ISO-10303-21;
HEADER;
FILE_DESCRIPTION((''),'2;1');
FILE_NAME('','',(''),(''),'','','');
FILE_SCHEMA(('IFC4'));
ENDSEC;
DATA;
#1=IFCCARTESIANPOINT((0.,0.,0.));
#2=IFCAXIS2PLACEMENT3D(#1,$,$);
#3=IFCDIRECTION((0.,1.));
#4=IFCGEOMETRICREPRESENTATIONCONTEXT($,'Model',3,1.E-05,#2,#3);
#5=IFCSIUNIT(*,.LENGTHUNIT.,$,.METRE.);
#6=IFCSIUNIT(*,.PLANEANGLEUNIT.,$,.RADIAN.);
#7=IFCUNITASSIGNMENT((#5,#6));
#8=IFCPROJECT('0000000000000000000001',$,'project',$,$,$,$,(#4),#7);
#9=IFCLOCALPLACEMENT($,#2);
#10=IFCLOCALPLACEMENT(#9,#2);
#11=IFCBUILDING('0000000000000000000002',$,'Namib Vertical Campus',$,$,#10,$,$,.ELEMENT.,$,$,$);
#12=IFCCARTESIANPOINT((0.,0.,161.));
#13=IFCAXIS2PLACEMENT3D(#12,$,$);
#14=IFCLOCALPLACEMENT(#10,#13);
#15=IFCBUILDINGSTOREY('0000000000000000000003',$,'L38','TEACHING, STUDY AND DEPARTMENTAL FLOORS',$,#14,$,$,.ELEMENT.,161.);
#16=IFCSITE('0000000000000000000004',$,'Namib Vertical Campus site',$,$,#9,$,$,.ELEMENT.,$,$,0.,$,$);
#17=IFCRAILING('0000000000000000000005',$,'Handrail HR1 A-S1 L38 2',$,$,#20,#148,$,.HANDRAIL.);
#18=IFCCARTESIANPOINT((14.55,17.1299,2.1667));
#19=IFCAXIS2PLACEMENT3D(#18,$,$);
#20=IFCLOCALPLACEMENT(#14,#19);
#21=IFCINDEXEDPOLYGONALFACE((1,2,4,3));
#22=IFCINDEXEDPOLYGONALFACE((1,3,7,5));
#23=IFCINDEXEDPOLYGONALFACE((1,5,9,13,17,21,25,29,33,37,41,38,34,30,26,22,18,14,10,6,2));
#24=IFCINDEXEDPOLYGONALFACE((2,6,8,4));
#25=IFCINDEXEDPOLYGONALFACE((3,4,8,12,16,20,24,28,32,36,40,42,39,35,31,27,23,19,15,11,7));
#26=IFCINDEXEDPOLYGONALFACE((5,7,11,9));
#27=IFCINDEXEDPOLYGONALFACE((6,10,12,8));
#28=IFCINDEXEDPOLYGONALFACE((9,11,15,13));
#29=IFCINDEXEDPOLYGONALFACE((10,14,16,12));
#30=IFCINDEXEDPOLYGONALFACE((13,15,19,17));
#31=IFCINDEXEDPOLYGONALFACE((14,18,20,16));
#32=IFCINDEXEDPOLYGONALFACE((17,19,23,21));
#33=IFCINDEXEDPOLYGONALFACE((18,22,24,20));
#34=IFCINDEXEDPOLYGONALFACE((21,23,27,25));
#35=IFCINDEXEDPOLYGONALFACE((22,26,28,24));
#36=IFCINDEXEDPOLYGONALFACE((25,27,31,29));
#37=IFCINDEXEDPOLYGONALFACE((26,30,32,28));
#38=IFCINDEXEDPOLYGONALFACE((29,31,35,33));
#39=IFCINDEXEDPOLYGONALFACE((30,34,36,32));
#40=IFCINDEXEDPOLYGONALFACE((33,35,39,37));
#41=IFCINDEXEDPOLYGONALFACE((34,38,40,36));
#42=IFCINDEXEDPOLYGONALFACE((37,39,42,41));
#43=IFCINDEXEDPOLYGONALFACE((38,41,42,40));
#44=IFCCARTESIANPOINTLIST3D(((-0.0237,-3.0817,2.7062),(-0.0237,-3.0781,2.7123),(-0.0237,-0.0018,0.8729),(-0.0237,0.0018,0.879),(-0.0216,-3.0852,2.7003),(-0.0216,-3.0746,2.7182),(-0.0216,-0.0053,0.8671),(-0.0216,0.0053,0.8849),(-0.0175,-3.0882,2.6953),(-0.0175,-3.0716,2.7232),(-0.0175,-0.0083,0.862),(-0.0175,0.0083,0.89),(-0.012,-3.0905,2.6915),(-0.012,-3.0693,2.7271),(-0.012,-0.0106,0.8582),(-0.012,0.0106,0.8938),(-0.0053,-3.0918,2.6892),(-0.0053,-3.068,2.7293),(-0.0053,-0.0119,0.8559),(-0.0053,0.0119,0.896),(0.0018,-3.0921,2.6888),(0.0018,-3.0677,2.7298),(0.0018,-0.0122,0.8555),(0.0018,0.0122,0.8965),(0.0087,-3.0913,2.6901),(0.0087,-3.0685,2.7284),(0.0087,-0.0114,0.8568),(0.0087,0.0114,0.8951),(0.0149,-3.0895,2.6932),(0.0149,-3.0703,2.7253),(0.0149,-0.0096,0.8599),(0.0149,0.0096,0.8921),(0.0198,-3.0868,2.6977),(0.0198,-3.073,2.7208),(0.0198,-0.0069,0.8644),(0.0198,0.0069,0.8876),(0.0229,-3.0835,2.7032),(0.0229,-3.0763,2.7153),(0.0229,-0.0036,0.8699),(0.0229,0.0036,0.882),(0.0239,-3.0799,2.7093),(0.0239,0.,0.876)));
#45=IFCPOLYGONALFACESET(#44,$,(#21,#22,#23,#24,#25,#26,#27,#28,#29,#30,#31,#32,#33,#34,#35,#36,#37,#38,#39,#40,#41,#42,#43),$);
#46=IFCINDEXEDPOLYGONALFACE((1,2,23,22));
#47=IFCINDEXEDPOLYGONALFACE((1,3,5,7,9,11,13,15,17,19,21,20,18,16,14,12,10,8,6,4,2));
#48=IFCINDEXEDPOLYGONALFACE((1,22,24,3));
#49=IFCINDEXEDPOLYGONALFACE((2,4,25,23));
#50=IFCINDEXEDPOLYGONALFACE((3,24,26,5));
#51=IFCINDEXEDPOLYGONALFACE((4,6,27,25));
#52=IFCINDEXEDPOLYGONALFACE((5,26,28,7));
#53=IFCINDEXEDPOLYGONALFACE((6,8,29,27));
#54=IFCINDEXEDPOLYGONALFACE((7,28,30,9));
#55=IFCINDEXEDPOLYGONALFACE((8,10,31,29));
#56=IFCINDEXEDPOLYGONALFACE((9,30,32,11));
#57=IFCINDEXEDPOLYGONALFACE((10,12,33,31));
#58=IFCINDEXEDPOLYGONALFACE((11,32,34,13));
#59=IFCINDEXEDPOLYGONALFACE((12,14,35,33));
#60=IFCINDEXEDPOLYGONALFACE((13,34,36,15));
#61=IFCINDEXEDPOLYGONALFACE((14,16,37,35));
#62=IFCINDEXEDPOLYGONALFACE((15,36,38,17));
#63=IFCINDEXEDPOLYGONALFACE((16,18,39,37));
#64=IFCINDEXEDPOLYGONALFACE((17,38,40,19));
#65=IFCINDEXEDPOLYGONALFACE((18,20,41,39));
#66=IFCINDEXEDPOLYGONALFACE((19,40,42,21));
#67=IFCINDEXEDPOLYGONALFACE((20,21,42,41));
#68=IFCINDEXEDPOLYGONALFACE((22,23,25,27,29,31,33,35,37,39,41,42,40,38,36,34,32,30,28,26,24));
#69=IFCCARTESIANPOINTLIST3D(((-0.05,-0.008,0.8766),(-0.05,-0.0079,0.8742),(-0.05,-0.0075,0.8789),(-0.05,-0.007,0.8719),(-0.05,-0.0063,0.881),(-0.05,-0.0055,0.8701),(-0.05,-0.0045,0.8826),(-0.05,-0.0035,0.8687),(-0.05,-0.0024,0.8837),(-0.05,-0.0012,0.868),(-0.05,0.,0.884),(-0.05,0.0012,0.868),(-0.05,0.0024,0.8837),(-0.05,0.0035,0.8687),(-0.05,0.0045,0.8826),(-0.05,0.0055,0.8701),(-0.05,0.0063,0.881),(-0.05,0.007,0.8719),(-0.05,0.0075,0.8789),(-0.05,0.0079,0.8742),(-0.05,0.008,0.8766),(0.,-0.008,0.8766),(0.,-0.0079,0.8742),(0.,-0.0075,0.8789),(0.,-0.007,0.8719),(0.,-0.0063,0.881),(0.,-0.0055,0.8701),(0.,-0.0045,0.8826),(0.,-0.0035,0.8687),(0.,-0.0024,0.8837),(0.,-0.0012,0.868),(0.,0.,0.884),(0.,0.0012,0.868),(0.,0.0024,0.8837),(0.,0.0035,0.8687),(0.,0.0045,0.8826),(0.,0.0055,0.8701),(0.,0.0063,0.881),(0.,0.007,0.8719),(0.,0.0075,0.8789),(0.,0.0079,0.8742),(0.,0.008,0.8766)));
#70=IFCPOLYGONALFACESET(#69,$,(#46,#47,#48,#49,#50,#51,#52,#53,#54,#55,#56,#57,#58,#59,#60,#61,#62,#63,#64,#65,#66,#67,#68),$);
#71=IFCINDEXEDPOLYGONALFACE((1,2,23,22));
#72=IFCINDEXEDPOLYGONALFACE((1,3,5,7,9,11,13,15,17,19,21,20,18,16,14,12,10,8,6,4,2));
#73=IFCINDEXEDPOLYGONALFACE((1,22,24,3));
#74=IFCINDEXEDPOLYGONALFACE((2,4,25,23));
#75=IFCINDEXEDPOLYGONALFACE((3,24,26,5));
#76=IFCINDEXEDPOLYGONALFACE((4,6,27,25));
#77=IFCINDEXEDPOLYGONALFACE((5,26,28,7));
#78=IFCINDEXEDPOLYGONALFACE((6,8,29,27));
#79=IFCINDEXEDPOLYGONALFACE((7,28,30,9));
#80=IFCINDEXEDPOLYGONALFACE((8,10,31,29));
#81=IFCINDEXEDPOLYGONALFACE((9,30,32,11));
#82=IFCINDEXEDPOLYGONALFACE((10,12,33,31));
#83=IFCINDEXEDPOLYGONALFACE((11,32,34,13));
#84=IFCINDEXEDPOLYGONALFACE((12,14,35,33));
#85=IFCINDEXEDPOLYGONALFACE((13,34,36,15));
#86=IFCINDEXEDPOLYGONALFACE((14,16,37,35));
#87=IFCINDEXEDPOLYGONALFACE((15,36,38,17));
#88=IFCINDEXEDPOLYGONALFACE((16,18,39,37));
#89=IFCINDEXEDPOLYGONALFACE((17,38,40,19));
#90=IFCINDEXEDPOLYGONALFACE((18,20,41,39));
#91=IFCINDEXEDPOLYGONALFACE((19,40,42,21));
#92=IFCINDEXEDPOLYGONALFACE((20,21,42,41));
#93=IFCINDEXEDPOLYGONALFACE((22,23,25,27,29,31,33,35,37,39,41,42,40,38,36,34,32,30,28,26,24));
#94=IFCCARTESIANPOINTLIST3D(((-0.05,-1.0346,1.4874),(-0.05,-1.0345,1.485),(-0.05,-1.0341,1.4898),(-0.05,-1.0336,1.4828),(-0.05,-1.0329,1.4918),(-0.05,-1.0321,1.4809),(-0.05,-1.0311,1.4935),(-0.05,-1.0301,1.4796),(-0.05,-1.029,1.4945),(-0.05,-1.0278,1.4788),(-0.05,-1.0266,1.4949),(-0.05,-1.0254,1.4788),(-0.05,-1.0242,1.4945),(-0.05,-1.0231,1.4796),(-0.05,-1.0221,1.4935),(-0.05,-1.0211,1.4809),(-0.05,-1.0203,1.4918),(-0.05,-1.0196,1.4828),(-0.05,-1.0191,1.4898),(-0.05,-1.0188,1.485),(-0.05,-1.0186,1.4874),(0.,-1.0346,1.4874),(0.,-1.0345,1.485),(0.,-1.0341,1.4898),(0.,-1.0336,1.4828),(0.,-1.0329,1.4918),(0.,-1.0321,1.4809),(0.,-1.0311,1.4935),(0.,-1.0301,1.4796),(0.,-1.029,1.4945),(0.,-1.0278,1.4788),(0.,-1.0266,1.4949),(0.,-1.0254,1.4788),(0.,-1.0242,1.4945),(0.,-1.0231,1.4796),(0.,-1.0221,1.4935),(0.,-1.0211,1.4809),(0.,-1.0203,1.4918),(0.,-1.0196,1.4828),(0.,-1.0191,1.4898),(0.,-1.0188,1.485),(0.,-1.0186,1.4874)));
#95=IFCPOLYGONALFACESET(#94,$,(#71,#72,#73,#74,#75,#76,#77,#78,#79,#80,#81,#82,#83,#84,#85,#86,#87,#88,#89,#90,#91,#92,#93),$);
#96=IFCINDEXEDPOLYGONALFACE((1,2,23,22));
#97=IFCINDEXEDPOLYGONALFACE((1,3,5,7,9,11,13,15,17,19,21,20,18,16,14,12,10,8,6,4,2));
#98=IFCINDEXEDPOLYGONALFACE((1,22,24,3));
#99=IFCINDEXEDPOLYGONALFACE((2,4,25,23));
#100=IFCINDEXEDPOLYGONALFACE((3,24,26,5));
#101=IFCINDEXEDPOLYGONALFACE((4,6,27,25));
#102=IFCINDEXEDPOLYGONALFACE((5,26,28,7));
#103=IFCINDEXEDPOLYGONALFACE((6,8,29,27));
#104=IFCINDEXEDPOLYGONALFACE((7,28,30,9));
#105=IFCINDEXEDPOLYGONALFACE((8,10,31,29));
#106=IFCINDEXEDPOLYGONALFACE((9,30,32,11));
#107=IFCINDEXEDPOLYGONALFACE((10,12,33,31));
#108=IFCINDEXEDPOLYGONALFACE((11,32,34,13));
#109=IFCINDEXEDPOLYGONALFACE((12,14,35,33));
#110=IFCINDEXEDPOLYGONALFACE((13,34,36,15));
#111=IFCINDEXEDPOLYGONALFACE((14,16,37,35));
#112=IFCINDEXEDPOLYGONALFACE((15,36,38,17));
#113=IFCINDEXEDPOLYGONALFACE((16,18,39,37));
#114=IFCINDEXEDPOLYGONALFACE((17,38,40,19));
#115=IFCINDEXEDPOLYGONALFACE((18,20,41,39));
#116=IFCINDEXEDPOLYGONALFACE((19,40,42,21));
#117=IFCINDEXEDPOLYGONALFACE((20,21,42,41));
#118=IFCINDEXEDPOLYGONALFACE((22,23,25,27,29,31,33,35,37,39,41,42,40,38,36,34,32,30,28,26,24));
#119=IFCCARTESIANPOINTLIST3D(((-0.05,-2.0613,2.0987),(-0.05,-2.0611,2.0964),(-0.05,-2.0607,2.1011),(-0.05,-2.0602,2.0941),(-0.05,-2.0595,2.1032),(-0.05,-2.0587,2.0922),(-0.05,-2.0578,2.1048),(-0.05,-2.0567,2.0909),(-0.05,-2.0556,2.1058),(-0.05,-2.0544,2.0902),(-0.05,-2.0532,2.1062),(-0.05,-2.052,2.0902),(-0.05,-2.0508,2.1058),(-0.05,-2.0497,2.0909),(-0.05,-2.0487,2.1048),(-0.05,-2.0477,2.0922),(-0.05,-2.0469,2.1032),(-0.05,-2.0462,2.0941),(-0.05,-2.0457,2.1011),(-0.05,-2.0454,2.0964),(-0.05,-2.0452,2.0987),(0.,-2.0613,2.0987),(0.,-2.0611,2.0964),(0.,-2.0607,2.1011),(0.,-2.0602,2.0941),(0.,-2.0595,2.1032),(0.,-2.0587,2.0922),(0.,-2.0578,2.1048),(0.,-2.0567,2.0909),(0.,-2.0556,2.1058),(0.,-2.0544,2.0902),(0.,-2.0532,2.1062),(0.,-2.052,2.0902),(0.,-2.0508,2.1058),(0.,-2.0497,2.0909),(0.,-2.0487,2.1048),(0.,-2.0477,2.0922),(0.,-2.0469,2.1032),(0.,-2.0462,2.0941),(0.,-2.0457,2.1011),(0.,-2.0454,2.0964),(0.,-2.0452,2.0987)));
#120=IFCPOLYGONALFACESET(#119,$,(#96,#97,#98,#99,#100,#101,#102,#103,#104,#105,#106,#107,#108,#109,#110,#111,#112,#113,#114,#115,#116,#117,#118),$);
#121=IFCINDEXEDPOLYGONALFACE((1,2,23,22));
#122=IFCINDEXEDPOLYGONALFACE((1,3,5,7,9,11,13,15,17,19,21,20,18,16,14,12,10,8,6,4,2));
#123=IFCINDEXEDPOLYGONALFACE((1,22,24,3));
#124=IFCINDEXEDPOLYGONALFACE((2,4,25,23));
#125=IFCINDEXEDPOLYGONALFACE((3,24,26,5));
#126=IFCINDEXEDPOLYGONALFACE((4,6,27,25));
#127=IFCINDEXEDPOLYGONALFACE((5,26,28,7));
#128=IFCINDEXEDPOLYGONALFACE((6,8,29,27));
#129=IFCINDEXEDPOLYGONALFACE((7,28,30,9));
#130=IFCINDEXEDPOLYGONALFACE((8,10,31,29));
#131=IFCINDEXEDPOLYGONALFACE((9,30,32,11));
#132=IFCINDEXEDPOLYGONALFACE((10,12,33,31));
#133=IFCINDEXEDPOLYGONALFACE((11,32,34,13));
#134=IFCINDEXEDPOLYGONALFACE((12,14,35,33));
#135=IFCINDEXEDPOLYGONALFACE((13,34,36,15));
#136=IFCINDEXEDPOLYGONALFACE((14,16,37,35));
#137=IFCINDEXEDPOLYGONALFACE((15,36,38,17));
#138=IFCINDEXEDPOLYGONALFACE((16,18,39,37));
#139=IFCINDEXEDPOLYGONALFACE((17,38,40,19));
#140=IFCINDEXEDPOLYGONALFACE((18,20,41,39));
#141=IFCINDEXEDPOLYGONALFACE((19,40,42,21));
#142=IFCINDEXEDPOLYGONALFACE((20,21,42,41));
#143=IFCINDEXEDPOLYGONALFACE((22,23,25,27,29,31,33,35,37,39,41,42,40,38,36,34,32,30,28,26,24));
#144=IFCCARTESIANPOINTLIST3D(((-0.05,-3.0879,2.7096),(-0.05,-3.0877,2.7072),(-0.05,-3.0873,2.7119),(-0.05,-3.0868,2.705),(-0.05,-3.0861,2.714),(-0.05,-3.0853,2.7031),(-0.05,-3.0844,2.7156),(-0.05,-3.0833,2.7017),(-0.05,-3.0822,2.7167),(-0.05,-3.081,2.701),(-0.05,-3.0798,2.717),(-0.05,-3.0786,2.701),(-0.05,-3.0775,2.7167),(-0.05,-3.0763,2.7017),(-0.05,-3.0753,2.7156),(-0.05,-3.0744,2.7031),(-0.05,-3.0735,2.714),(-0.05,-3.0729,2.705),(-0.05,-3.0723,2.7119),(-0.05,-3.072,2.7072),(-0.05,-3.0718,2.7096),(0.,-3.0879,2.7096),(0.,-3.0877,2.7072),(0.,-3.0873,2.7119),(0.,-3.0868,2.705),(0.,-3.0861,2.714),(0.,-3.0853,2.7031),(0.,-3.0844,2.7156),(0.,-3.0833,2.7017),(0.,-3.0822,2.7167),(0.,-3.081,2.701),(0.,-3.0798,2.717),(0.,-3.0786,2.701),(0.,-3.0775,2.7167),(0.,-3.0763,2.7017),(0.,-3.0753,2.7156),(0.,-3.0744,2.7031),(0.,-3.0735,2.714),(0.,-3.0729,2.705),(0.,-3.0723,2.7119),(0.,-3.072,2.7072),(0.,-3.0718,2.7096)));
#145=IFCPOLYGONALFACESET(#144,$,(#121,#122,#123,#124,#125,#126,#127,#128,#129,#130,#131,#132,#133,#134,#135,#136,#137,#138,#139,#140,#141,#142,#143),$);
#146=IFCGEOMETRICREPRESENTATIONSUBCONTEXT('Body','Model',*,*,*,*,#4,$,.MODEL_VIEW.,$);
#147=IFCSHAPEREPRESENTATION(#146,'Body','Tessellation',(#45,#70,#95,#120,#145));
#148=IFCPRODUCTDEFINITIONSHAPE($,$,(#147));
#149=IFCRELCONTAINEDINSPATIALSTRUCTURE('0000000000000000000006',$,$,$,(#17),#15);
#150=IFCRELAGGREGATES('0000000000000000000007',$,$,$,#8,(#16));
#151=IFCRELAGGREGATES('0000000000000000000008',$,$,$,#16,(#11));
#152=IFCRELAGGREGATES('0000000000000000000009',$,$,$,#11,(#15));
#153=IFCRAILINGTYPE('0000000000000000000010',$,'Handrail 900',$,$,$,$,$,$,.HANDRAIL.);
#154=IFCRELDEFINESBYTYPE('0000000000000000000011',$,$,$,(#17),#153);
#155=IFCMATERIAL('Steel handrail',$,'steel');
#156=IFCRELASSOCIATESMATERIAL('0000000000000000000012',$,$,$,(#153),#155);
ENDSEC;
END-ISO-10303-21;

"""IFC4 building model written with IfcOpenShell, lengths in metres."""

from ifc_helpers import new_model, si_unit, direction, frame, origin, origin_2d, place, context, subcontext, project, spatial, circle, extrude, material, type_object, element, save


model = new_model("IFC4")

# Units and contexts
model_context = context("Model", 3, precision=1e-05, world=origin(), true_north=direction((0.0, 1.0)))
body_context = subcontext(model_context, "Body", "Model", "MODEL_VIEW")
ifc_project = project(units=[si_unit("LENGTHUNIT", "METRE"), si_unit("PLANEANGLEUNIT", "RADIAN")], contexts=[model_context])

# Site, building, storey
site_placement = place(None, origin())
site = spatial("IfcSite", under=ifc_project, at=site_placement, Name="Namib Vertical Campus site", CompositionType="ELEMENT", RefElevation=0.0)
building_placement = place(site_placement, origin())
building = spatial("IfcBuilding", under=site, at=building_placement, Name="Namib Vertical Campus", CompositionType="ELEMENT")
storey_placement = place(building_placement, frame((0.0, 0.0, 161.0)))
storey = spatial("IfcBuildingStorey", under=building, at=storey_placement, Name="L38", Description="TEACHING, STUDY AND DEPARTMENTAL FLOORS", CompositionType="ELEMENT", Elevation=161.0)

# Railing
ifc_material_1 = material(Name="Steel handrail", Category="steel")
railing_type_1 = type_object("IfcRailingType", Name="Handrail 900", PredefinedType="HANDRAIL", material=ifc_material_1)
railing_1_placement = place(storey_placement, frame((14.55, 17.1299, 2.1667)))
element("IfcRailing", 1, at=railing_1_placement, inside=storey, type_object=railing_type_1, Name="Handrail HR1 A-S1 L38 2", PredefinedType="HANDRAIL", context=body_context, shape_type="SweptSolid", body=[
    extrude(circle(Radius=0.0239, at=origin_2d()), frame((0.0, 0.0, 0.876), z_axis=(0.0, -0.859291, 0.511487), x_axis=(1.0, 0.0, 0.0)), (0.0, 0.0, 1.0), 3.5842),
    extrude(circle(Radius=0.0081, at=origin_2d()), frame((0.0, 0.0, 0.876), z_axis=(-1.0, 0.0, 0.0), x_axis=(0.0, 0.0, 1.0)), (0.0, 0.0, 1.0), 0.05),
    extrude(circle(Radius=0.0081, at=origin_2d()), frame((0.0, -1.0266, 1.4868), z_axis=(-1.0, 0.0, 0.0), x_axis=(0.0, 0.0, 1.0)), (0.0, 0.0, 1.0), 0.05),
    extrude(circle(Radius=0.0081, at=origin_2d()), frame((0.0, -2.0532, 2.0981), z_axis=(-1.0, 0.0, 0.0), x_axis=(0.0, 0.0, 1.0)), (0.0, 0.0, 1.0), 0.05),
    extrude(circle(Radius=0.0081, at=origin_2d()), frame((0.0, -3.0798, 2.709), z_axis=(-1.0, 0.0, 0.0), x_axis=(0.0, 0.0, 1.0)), (0.0, 0.0, 1.0), 0.05),
])

save(model, "model.ifc")
